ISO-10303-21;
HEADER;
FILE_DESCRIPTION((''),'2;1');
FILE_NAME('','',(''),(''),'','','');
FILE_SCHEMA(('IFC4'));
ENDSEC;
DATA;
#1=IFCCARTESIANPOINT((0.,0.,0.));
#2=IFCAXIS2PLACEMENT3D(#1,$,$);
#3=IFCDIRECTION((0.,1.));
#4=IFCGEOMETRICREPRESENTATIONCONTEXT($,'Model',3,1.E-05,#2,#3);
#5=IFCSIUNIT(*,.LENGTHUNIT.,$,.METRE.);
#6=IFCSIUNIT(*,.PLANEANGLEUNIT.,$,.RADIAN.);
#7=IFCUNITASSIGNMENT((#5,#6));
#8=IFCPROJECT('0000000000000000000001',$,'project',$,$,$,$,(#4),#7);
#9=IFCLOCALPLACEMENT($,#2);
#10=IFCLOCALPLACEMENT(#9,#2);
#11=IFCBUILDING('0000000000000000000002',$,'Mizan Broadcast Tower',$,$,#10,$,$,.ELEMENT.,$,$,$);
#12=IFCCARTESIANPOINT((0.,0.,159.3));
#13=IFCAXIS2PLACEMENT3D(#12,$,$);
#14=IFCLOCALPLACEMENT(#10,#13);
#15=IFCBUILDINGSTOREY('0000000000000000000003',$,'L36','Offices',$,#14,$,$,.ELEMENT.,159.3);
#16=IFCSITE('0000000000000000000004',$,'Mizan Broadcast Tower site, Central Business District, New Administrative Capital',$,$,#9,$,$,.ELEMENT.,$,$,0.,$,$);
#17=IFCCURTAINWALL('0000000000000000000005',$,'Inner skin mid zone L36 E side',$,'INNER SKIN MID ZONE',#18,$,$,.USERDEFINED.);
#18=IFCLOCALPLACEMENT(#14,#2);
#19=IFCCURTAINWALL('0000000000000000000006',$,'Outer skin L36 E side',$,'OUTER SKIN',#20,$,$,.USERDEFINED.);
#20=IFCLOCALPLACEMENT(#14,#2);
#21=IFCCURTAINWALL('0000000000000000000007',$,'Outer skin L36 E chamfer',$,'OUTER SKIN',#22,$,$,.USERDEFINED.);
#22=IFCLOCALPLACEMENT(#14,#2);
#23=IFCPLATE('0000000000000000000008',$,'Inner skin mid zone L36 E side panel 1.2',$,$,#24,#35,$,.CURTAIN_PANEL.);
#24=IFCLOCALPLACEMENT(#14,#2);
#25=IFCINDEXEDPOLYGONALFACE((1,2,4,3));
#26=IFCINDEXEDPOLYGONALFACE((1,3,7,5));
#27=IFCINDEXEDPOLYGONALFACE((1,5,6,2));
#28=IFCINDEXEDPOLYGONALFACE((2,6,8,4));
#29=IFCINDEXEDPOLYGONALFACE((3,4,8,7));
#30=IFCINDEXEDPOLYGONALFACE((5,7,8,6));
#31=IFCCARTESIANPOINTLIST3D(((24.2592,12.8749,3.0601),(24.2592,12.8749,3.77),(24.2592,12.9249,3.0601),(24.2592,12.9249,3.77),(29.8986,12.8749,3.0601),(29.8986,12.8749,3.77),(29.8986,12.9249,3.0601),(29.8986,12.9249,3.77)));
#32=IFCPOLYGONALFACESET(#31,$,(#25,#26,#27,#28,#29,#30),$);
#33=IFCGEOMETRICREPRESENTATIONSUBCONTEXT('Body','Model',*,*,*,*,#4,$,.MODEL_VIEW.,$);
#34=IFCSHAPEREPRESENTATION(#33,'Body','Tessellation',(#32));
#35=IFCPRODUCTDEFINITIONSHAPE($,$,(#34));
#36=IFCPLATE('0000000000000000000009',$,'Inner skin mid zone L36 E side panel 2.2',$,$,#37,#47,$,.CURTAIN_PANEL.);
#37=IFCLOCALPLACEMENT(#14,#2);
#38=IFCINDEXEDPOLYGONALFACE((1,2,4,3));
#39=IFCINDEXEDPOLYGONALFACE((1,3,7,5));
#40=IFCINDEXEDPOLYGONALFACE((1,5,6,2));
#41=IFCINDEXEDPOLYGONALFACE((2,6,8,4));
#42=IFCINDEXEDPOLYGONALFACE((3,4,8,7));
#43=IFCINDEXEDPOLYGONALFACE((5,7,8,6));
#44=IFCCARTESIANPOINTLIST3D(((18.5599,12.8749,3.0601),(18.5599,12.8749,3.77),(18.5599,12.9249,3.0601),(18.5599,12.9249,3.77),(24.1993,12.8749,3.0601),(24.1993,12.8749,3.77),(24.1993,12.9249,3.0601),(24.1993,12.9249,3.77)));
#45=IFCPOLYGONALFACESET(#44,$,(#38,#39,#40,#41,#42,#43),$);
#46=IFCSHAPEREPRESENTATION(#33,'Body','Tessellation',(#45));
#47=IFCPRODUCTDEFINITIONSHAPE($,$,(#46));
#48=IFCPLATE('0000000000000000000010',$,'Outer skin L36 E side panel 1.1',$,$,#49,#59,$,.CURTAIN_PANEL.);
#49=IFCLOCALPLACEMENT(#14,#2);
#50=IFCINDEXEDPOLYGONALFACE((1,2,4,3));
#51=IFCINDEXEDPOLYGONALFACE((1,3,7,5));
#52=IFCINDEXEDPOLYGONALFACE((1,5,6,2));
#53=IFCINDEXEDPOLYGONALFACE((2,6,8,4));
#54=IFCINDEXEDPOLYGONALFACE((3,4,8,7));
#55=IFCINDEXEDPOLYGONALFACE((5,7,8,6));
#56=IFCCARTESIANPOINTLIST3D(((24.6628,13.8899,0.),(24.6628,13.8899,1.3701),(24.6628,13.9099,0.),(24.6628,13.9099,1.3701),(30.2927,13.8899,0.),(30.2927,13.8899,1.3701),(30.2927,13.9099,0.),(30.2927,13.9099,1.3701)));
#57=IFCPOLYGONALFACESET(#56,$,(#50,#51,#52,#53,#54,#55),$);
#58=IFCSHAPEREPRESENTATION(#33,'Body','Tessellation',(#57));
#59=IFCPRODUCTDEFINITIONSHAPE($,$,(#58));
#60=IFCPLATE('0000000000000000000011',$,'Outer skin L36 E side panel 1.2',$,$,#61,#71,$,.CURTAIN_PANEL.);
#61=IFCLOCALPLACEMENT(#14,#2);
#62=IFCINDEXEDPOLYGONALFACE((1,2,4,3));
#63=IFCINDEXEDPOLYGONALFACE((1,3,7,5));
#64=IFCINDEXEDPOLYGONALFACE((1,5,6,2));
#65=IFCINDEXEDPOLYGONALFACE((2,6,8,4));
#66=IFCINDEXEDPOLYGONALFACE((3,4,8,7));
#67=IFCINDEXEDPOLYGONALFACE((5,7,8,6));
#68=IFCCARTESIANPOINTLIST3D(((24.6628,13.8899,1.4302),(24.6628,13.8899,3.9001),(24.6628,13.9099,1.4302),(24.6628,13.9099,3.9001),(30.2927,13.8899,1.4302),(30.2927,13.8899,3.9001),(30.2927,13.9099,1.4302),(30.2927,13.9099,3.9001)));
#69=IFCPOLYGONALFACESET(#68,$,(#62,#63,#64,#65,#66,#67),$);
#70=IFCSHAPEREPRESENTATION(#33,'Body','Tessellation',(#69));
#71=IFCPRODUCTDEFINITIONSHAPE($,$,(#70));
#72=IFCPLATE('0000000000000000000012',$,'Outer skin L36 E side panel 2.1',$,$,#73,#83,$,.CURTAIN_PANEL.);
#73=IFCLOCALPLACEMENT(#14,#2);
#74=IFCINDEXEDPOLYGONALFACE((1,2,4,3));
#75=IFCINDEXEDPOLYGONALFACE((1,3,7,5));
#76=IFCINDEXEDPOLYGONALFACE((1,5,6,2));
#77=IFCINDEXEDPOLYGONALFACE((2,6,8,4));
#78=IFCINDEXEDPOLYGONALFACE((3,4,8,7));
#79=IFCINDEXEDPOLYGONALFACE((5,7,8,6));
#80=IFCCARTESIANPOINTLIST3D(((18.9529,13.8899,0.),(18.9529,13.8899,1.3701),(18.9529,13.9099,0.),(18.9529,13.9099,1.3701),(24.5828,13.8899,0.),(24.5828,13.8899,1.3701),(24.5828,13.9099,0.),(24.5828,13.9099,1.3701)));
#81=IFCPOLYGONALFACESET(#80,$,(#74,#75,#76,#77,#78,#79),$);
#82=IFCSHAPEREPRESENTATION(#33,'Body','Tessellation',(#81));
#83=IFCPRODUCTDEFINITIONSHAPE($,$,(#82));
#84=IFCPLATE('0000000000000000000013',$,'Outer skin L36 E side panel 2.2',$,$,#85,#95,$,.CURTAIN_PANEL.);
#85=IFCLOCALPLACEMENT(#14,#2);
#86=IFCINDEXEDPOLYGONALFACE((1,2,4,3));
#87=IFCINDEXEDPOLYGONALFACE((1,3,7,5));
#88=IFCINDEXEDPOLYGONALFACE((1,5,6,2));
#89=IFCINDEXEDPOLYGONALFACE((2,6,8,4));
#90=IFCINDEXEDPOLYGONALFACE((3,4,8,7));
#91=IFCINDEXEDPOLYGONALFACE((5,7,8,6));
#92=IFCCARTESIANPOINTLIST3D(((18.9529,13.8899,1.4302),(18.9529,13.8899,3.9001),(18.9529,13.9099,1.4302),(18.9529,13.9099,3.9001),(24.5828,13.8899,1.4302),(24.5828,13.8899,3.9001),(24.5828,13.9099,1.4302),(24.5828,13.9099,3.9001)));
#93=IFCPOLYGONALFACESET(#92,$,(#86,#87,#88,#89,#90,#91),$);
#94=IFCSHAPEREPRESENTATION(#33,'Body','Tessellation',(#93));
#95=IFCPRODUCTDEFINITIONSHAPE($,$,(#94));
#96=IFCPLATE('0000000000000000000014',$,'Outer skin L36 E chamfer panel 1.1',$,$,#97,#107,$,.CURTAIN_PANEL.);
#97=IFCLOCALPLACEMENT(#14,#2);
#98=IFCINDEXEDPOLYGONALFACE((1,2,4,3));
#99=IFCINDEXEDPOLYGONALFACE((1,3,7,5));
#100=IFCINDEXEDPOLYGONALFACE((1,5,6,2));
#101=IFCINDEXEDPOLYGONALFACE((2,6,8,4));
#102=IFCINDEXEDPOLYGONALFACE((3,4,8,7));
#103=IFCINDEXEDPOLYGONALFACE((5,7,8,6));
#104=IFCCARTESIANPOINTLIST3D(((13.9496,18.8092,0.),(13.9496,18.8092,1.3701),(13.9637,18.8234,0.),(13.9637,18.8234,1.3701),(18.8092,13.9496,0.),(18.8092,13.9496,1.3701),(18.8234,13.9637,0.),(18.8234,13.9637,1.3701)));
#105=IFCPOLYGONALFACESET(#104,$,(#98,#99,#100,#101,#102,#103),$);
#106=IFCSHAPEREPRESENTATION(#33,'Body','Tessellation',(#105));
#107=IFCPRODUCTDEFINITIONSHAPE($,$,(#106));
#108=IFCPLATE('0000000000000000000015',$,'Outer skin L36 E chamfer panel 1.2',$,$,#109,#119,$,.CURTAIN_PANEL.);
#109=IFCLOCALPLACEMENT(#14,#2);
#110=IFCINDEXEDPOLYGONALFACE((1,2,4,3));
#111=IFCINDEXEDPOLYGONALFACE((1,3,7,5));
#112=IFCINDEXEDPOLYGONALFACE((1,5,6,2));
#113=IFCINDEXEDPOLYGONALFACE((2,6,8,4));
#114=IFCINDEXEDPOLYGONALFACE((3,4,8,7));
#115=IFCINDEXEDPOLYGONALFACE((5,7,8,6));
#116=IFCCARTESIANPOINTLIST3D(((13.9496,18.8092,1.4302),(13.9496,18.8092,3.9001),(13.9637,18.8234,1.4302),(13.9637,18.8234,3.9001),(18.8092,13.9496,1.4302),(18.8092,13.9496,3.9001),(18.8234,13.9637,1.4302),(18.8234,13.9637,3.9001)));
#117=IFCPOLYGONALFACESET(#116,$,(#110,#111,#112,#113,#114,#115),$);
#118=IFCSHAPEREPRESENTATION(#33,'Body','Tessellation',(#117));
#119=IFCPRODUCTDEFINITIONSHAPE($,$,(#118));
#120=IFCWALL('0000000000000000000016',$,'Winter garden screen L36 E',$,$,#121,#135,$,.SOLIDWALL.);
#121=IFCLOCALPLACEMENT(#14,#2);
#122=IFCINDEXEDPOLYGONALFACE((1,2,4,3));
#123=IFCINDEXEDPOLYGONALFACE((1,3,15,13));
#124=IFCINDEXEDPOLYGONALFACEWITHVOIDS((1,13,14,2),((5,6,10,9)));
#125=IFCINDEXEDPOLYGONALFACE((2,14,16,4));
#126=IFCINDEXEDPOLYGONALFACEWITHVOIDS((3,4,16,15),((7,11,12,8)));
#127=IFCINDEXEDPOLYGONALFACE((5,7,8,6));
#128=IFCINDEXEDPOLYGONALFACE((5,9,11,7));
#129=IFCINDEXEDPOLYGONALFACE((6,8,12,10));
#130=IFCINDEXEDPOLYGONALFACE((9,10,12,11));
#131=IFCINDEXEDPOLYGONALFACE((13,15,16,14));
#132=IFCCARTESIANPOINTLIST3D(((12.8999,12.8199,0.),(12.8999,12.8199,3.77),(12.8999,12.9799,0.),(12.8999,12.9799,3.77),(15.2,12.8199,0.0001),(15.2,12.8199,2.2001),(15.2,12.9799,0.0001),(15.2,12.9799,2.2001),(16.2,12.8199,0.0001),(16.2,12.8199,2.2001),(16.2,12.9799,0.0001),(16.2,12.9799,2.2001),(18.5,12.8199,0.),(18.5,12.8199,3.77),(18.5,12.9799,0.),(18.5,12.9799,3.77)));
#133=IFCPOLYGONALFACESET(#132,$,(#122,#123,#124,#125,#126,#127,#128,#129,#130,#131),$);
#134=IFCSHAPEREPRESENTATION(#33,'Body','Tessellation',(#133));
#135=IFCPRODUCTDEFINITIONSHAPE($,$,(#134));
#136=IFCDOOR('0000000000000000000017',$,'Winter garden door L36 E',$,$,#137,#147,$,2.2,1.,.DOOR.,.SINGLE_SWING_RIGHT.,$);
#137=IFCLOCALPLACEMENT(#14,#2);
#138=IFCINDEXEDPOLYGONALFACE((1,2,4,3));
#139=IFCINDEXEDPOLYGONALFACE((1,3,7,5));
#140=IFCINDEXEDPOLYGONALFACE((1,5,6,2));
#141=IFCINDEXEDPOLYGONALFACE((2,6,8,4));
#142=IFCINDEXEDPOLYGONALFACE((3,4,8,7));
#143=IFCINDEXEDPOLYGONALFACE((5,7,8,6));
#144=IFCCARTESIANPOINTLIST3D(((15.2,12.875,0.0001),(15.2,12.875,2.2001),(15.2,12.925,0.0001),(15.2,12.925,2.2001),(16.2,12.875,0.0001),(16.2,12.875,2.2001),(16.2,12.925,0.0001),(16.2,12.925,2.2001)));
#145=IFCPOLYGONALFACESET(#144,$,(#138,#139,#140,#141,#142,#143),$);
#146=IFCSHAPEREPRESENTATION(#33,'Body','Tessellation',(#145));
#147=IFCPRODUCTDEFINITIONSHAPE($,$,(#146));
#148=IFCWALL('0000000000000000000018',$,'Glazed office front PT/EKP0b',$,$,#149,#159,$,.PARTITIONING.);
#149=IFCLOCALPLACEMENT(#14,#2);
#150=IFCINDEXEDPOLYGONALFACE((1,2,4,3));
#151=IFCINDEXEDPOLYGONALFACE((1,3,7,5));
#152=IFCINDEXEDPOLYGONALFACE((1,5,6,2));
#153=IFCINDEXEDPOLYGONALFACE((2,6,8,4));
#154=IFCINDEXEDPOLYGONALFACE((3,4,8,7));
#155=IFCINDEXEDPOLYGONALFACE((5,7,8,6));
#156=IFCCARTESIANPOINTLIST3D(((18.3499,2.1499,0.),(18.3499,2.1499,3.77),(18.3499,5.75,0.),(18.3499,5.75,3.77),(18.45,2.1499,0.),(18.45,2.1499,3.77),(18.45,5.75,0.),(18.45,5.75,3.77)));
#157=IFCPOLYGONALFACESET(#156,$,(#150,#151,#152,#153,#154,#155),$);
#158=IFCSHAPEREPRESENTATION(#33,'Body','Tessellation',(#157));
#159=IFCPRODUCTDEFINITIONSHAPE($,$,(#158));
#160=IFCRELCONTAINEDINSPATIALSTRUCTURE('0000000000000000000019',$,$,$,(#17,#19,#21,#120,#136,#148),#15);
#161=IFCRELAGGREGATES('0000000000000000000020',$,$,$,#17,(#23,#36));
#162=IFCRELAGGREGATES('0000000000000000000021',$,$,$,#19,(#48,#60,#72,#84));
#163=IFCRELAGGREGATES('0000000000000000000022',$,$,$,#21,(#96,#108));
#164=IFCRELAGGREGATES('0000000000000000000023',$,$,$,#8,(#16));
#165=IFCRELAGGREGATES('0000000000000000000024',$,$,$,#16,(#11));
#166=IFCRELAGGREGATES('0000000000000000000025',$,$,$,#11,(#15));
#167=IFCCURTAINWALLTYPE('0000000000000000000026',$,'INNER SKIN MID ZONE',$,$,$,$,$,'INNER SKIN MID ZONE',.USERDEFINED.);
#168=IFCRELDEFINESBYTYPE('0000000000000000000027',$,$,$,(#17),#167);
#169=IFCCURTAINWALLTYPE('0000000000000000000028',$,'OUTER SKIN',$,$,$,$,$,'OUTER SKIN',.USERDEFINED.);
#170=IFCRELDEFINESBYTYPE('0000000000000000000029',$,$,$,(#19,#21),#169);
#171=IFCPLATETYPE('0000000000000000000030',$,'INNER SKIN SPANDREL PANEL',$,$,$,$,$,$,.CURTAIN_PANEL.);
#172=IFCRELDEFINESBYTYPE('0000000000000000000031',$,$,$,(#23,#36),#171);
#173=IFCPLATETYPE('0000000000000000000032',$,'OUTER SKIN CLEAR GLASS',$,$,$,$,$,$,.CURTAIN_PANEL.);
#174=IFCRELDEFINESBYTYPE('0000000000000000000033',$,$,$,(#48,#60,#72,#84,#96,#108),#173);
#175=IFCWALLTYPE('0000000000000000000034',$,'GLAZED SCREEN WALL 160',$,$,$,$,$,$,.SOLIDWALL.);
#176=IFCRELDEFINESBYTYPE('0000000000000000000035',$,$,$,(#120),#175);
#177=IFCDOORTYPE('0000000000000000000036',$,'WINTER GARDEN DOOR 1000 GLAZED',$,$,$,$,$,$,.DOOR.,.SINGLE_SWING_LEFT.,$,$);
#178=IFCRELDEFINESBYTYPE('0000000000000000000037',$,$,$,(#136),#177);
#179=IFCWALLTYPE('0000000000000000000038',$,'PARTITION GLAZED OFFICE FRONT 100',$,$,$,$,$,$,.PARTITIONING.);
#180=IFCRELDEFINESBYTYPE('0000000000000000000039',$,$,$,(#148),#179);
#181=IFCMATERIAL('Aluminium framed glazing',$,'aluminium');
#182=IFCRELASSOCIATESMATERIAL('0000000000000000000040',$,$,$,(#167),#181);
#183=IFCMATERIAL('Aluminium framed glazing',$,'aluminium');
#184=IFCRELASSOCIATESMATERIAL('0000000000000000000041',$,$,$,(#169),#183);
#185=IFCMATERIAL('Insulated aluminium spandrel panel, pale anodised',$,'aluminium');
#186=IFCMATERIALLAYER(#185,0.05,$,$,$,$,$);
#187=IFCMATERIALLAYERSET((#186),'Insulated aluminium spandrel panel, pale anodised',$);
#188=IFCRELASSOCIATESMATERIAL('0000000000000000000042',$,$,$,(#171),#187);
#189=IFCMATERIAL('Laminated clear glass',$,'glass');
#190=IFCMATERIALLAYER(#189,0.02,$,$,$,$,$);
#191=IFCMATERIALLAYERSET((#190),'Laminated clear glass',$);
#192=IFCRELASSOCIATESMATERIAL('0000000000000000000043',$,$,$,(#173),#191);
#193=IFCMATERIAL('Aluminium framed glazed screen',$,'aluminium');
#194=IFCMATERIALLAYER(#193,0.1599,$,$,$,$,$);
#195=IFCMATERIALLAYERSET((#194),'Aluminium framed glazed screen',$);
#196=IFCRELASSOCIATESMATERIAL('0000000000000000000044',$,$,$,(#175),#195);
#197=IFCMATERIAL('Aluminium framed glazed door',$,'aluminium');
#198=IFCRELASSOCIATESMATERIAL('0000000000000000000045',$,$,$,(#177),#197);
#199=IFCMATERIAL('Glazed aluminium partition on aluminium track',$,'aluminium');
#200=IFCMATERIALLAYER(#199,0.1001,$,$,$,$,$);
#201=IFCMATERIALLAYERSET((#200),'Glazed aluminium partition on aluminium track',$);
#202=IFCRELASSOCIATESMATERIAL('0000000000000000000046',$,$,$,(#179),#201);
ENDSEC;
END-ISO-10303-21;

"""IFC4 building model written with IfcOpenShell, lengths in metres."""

from ifc_helpers import new_model, si_unit, direction, frame, frame_2d, origin, origin_2d, place, context, subcontext, project, spatial, rectangle, extrude, material, layer, layer_set, type_object, element, fill, aggregate, save


model = new_model("IFC4")

# Units and contexts
model_context = context("Model", 3, precision=1e-05, world=origin(), true_north=direction((0.0, 1.0)))
body_context = subcontext(model_context, "Body", "Model", "MODEL_VIEW")
ifc_project = project(units=[si_unit("LENGTHUNIT", "METRE"), si_unit("PLANEANGLEUNIT", "RADIAN")], contexts=[model_context])

# Site, building, storey
site_placement = place(None, origin())
site = spatial("IfcSite", under=ifc_project, at=site_placement, Name="Mizan Broadcast Tower site, Central Business District, New Administrative Capital", CompositionType="ELEMENT", RefElevation=0.0)
building_placement = place(site_placement, origin())
building = spatial("IfcBuilding", under=site, at=building_placement, Name="Mizan Broadcast Tower", CompositionType="ELEMENT")
storey_placement = place(building_placement, frame((0.0, 0.0, 159.3)))
storey = spatial("IfcBuildingStorey", under=building, at=storey_placement, Name="L36", Description="Offices", CompositionType="ELEMENT", Elevation=159.3)

# Curtain walls
ifc_material_1 = material(Name="Aluminium framed glazing", Category="aluminium")
curtain_wall_type_1 = type_object("IfcCurtainWallType", Name="INNER SKIN MID ZONE", ElementType="INNER SKIN MID ZONE", PredefinedType="USERDEFINED", material=ifc_material_1)
curtain_wall_1_placement = place(storey_placement, origin())
curtain_wall_1 = element("IfcCurtainWall", 1, at=curtain_wall_1_placement, inside=storey, type_object=curtain_wall_type_1, Name="Inner skin mid zone L36 E side", ObjectType="INNER SKIN MID ZONE", PredefinedType="USERDEFINED")
ifc_material_2 = material(Name="Aluminium framed glazing", Category="aluminium")
curtain_wall_type_2 = type_object("IfcCurtainWallType", Name="OUTER SKIN", ElementType="OUTER SKIN", PredefinedType="USERDEFINED", material=ifc_material_2)
curtain_wall_2_placement = place(storey_placement, origin())
curtain_wall_2 = element("IfcCurtainWall", 2, at=curtain_wall_2_placement, inside=storey, type_object=curtain_wall_type_2, Name="Outer skin L36 E side", ObjectType="OUTER SKIN", PredefinedType="USERDEFINED")

# Curtain wall
curtain_wall_3_placement = place(storey_placement, origin())
curtain_wall_3 = element("IfcCurtainWall", 3, at=curtain_wall_3_placement, inside=storey, type_object=curtain_wall_type_2, Name="Outer skin L36 E chamfer", ObjectType="OUTER SKIN", PredefinedType="USERDEFINED")

# Plates
ifc_material_3 = material(Name="Insulated aluminium spandrel panel, pale anodised", Category="aluminium")
ifc_layer_1 = layer(ifc_material_3, 0.05)
ifc_layer_set_1 = layer_set([ifc_layer_1], Name="Insulated aluminium spandrel panel, pale anodised")
plate_type_1 = type_object("IfcPlateType", Name="INNER SKIN SPANDREL PANEL", PredefinedType="CURTAIN_PANEL", material=ifc_layer_set_1)
plate_1_placement = place(storey_placement, frame((27.0789, 12.8999, 3.0601), z_axis=(0.0, 0.0, 1.0), x_axis=(-1.0, 0.0, 0.0)))
plate_1 = element("IfcPlate", 4, at=plate_1_placement, type_object=plate_type_1, Name="Inner skin mid zone L36 E side panel 1.2", PredefinedType="CURTAIN_PANEL", context=body_context, shape_type="SweptSolid", body=[
    extrude(rectangle(XDim=5.6394, YDim=0.05, at=origin_2d()), origin(), (0.0, 0.0, 1.0), 0.71),
])
plate_2_placement = place(storey_placement, frame((21.3796, 12.8999, 3.0601), z_axis=(0.0, 0.0, 1.0), x_axis=(-1.0, 0.0, 0.0)))
plate_2 = element("IfcPlate", 5, at=plate_2_placement, type_object=plate_type_1, Name="Inner skin mid zone L36 E side panel 2.2", PredefinedType="CURTAIN_PANEL", context=body_context, shape_type="SweptSolid", body=[
    extrude(rectangle(XDim=5.6394, YDim=0.05, at=origin_2d()), origin(), (0.0, 0.0, 1.0), 0.71),
])
aggregate(curtain_wall_1, [plate_1, plate_2])
ifc_material_4 = material(Name="Laminated clear glass", Category="glass")
ifc_layer_2 = layer(ifc_material_4, 0.02)
ifc_layer_set_2 = layer_set([ifc_layer_2], Name="Laminated clear glass")
plate_type_2 = type_object("IfcPlateType", Name="OUTER SKIN CLEAR GLASS", PredefinedType="CURTAIN_PANEL", material=ifc_layer_set_2)
plate_3_placement = place(storey_placement, frame((27.4778, 13.8999, 0.0), z_axis=(0.0, 0.0, 1.0), x_axis=(-1.0, 0.0, 0.0)))
plate_3 = element("IfcPlate", 6, at=plate_3_placement, type_object=plate_type_2, Name="Outer skin L36 E side panel 1.1", PredefinedType="CURTAIN_PANEL", context=body_context, shape_type="SweptSolid", body=[
    extrude(rectangle(XDim=5.6299, YDim=0.02, at=origin_2d()), origin(), (0.0, 0.0, 1.0), 1.3701),
])
plate_4_placement = place(storey_placement, frame((27.4778, 13.8999, 1.4302), z_axis=(0.0, 0.0, 1.0), x_axis=(-1.0, 0.0, 0.0)))
plate_4 = element("IfcPlate", 7, at=plate_4_placement, type_object=plate_type_2, Name="Outer skin L36 E side panel 1.2", PredefinedType="CURTAIN_PANEL", context=body_context, shape_type="SweptSolid", body=[
    extrude(rectangle(XDim=5.6299, YDim=0.02, at=origin_2d()), origin(), (0.0, 0.0, 1.0), 2.47),
])
plate_5_placement = place(storey_placement, frame((21.7678, 13.8999, 0.0), z_axis=(0.0, 0.0, 1.0), x_axis=(-1.0, 0.0, 0.0)))
plate_5 = element("IfcPlate", 8, at=plate_5_placement, type_object=plate_type_2, Name="Outer skin L36 E side panel 2.1", PredefinedType="CURTAIN_PANEL", context=body_context, shape_type="SweptSolid", body=[
    extrude(rectangle(XDim=5.6299, YDim=0.02, at=origin_2d()), origin(), (0.0, 0.0, 1.0), 1.3701),
])
plate_6_placement = place(storey_placement, frame((21.7678, 13.8999, 1.4302), z_axis=(0.0, 0.0, 1.0), x_axis=(-1.0, 0.0, 0.0)))
plate_6 = element("IfcPlate", 9, at=plate_6_placement, type_object=plate_type_2, Name="Outer skin L36 E side panel 2.2", PredefinedType="CURTAIN_PANEL", context=body_context, shape_type="SweptSolid", body=[
    extrude(rectangle(XDim=5.6299, YDim=0.02, at=origin_2d()), origin(), (0.0, 0.0, 1.0), 2.47),
])
aggregate(curtain_wall_2, [plate_3, plate_4, plate_5, plate_6])
plate_7_placement = place(storey_placement, frame((16.3865, 16.3865, 0.0), z_axis=(0.0, 0.0, 1.0), x_axis=(-0.707107, 0.707107, 0.0)))
plate_7 = element("IfcPlate", 10, at=plate_7_placement, type_object=plate_type_2, Name="Outer skin L36 E chamfer panel 1.1", PredefinedType="CURTAIN_PANEL", context=body_context, shape_type="SweptSolid", body=[
    extrude(rectangle(XDim=6.8726, YDim=0.02, at=origin_2d()), origin(), (0.0, 0.0, 1.0), 1.3701),
])
plate_8_placement = place(storey_placement, frame((16.3865, 16.3865, 1.4302), z_axis=(0.0, 0.0, 1.0), x_axis=(-0.707107, 0.707107, 0.0)))
plate_8 = element("IfcPlate", 11, at=plate_8_placement, type_object=plate_type_2, Name="Outer skin L36 E chamfer panel 1.2", PredefinedType="CURTAIN_PANEL", context=body_context, shape_type="SweptSolid", body=[
    extrude(rectangle(XDim=6.8726, YDim=0.02, at=origin_2d()), origin(), (0.0, 0.0, 1.0), 2.47),
])
aggregate(curtain_wall_3, [plate_7, plate_8])

# Wall, opening, door
ifc_material_5 = material(Name="Aluminium framed glazed screen", Category="aluminium")
ifc_layer_3 = layer(ifc_material_5, 0.1599)
ifc_layer_set_3 = layer_set([ifc_layer_3], Name="Aluminium framed glazed screen")
wall_type_1 = type_object("IfcWallType", Name="GLAZED SCREEN WALL 160", PredefinedType="SOLIDWALL", material=ifc_layer_set_3)
wall_1_placement = place(storey_placement, frame((18.5, 12.8999, 0.0), z_axis=(0.0, 0.0, 1.0), x_axis=(-1.0, 0.0, 0.0)))
wall_1 = element("IfcWall", 12, at=wall_1_placement, inside=storey, type_object=wall_type_1, Name="Winter garden screen L36 E", PredefinedType="SOLIDWALL", context=body_context, shape_type="SweptSolid", body=[
    extrude(rectangle(XDim=5.6001, YDim=0.1599, at=frame_2d((2.8, 0.0))), origin(), (0.0, 0.0, 1.0), 3.77),
])
opening_placement = place(wall_1_placement, frame((2.3, 0.0, 0.0)))
opening = element("IfcOpeningElement", 13, at=opening_placement, cuts=wall_1, PredefinedType="OPENING", context=body_context, shape_type="SweptSolid", body=[
    extrude(rectangle(XDim=1.0, YDim=2.2, at=frame_2d((0.5, 1.1001))), frame((0.0, 0.0898, 0.0), z_axis=(0.0, -1.0, 0.0), x_axis=(1.0, 0.0, 0.0)), (0.0, 0.0, 1.0), 0.1799),
])
ifc_material_6 = material(Name="Aluminium framed glazed door", Category="aluminium")
door_type = type_object("IfcDoorType", Name="WINTER GARDEN DOOR 1000 GLAZED", OperationType="SINGLE_SWING_LEFT", PredefinedType="DOOR", material=ifc_material_6)
door_placement = place(opening_placement, origin())
door = element("IfcDoor", 14, at=door_placement, inside=storey, type_object=door_type, Name="Winter garden door L36 E", OperationType="SINGLE_SWING_RIGHT", OverallHeight=2.2, OverallWidth=1.0, PredefinedType="DOOR", context=body_context, shape_type="SweptSolid", body=[
    extrude(rectangle(XDim=1.0, YDim=2.2, at=frame_2d((0.5, 1.1001))), frame((0.0, 0.0249, 0.0), z_axis=(0.0, -1.0, 0.0), x_axis=(1.0, 0.0, 0.0)), (0.0, 0.0, 1.0), 0.05),
])
fill(opening, door)

# Wall
ifc_material_7 = material(Name="Glazed aluminium partition on aluminium track", Category="aluminium")
ifc_layer_4 = layer(ifc_material_7, 0.1001)
ifc_layer_set_4 = layer_set([ifc_layer_4], Name="Glazed aluminium partition on aluminium track")
wall_type_2 = type_object("IfcWallType", Name="PARTITION GLAZED OFFICE FRONT 100", PredefinedType="PARTITIONING", material=ifc_layer_set_4)
wall_2_placement = place(storey_placement, frame((18.3999, 2.1499, 0.0), z_axis=(0.0, 0.0, 1.0), x_axis=(0.0, 1.0, 0.0)))
element("IfcWall", 15, at=wall_2_placement, inside=storey, type_object=wall_type_2, Name="Glazed office front PT/EKP0b", PredefinedType="PARTITIONING", context=body_context, shape_type="SweptSolid", body=[
    extrude(rectangle(XDim=3.6001, YDim=0.1001, at=frame_2d((1.8, 0.0))), origin(), (0.0, 0.0, 1.0), 3.77),
])

save(model, "model.ifc")
